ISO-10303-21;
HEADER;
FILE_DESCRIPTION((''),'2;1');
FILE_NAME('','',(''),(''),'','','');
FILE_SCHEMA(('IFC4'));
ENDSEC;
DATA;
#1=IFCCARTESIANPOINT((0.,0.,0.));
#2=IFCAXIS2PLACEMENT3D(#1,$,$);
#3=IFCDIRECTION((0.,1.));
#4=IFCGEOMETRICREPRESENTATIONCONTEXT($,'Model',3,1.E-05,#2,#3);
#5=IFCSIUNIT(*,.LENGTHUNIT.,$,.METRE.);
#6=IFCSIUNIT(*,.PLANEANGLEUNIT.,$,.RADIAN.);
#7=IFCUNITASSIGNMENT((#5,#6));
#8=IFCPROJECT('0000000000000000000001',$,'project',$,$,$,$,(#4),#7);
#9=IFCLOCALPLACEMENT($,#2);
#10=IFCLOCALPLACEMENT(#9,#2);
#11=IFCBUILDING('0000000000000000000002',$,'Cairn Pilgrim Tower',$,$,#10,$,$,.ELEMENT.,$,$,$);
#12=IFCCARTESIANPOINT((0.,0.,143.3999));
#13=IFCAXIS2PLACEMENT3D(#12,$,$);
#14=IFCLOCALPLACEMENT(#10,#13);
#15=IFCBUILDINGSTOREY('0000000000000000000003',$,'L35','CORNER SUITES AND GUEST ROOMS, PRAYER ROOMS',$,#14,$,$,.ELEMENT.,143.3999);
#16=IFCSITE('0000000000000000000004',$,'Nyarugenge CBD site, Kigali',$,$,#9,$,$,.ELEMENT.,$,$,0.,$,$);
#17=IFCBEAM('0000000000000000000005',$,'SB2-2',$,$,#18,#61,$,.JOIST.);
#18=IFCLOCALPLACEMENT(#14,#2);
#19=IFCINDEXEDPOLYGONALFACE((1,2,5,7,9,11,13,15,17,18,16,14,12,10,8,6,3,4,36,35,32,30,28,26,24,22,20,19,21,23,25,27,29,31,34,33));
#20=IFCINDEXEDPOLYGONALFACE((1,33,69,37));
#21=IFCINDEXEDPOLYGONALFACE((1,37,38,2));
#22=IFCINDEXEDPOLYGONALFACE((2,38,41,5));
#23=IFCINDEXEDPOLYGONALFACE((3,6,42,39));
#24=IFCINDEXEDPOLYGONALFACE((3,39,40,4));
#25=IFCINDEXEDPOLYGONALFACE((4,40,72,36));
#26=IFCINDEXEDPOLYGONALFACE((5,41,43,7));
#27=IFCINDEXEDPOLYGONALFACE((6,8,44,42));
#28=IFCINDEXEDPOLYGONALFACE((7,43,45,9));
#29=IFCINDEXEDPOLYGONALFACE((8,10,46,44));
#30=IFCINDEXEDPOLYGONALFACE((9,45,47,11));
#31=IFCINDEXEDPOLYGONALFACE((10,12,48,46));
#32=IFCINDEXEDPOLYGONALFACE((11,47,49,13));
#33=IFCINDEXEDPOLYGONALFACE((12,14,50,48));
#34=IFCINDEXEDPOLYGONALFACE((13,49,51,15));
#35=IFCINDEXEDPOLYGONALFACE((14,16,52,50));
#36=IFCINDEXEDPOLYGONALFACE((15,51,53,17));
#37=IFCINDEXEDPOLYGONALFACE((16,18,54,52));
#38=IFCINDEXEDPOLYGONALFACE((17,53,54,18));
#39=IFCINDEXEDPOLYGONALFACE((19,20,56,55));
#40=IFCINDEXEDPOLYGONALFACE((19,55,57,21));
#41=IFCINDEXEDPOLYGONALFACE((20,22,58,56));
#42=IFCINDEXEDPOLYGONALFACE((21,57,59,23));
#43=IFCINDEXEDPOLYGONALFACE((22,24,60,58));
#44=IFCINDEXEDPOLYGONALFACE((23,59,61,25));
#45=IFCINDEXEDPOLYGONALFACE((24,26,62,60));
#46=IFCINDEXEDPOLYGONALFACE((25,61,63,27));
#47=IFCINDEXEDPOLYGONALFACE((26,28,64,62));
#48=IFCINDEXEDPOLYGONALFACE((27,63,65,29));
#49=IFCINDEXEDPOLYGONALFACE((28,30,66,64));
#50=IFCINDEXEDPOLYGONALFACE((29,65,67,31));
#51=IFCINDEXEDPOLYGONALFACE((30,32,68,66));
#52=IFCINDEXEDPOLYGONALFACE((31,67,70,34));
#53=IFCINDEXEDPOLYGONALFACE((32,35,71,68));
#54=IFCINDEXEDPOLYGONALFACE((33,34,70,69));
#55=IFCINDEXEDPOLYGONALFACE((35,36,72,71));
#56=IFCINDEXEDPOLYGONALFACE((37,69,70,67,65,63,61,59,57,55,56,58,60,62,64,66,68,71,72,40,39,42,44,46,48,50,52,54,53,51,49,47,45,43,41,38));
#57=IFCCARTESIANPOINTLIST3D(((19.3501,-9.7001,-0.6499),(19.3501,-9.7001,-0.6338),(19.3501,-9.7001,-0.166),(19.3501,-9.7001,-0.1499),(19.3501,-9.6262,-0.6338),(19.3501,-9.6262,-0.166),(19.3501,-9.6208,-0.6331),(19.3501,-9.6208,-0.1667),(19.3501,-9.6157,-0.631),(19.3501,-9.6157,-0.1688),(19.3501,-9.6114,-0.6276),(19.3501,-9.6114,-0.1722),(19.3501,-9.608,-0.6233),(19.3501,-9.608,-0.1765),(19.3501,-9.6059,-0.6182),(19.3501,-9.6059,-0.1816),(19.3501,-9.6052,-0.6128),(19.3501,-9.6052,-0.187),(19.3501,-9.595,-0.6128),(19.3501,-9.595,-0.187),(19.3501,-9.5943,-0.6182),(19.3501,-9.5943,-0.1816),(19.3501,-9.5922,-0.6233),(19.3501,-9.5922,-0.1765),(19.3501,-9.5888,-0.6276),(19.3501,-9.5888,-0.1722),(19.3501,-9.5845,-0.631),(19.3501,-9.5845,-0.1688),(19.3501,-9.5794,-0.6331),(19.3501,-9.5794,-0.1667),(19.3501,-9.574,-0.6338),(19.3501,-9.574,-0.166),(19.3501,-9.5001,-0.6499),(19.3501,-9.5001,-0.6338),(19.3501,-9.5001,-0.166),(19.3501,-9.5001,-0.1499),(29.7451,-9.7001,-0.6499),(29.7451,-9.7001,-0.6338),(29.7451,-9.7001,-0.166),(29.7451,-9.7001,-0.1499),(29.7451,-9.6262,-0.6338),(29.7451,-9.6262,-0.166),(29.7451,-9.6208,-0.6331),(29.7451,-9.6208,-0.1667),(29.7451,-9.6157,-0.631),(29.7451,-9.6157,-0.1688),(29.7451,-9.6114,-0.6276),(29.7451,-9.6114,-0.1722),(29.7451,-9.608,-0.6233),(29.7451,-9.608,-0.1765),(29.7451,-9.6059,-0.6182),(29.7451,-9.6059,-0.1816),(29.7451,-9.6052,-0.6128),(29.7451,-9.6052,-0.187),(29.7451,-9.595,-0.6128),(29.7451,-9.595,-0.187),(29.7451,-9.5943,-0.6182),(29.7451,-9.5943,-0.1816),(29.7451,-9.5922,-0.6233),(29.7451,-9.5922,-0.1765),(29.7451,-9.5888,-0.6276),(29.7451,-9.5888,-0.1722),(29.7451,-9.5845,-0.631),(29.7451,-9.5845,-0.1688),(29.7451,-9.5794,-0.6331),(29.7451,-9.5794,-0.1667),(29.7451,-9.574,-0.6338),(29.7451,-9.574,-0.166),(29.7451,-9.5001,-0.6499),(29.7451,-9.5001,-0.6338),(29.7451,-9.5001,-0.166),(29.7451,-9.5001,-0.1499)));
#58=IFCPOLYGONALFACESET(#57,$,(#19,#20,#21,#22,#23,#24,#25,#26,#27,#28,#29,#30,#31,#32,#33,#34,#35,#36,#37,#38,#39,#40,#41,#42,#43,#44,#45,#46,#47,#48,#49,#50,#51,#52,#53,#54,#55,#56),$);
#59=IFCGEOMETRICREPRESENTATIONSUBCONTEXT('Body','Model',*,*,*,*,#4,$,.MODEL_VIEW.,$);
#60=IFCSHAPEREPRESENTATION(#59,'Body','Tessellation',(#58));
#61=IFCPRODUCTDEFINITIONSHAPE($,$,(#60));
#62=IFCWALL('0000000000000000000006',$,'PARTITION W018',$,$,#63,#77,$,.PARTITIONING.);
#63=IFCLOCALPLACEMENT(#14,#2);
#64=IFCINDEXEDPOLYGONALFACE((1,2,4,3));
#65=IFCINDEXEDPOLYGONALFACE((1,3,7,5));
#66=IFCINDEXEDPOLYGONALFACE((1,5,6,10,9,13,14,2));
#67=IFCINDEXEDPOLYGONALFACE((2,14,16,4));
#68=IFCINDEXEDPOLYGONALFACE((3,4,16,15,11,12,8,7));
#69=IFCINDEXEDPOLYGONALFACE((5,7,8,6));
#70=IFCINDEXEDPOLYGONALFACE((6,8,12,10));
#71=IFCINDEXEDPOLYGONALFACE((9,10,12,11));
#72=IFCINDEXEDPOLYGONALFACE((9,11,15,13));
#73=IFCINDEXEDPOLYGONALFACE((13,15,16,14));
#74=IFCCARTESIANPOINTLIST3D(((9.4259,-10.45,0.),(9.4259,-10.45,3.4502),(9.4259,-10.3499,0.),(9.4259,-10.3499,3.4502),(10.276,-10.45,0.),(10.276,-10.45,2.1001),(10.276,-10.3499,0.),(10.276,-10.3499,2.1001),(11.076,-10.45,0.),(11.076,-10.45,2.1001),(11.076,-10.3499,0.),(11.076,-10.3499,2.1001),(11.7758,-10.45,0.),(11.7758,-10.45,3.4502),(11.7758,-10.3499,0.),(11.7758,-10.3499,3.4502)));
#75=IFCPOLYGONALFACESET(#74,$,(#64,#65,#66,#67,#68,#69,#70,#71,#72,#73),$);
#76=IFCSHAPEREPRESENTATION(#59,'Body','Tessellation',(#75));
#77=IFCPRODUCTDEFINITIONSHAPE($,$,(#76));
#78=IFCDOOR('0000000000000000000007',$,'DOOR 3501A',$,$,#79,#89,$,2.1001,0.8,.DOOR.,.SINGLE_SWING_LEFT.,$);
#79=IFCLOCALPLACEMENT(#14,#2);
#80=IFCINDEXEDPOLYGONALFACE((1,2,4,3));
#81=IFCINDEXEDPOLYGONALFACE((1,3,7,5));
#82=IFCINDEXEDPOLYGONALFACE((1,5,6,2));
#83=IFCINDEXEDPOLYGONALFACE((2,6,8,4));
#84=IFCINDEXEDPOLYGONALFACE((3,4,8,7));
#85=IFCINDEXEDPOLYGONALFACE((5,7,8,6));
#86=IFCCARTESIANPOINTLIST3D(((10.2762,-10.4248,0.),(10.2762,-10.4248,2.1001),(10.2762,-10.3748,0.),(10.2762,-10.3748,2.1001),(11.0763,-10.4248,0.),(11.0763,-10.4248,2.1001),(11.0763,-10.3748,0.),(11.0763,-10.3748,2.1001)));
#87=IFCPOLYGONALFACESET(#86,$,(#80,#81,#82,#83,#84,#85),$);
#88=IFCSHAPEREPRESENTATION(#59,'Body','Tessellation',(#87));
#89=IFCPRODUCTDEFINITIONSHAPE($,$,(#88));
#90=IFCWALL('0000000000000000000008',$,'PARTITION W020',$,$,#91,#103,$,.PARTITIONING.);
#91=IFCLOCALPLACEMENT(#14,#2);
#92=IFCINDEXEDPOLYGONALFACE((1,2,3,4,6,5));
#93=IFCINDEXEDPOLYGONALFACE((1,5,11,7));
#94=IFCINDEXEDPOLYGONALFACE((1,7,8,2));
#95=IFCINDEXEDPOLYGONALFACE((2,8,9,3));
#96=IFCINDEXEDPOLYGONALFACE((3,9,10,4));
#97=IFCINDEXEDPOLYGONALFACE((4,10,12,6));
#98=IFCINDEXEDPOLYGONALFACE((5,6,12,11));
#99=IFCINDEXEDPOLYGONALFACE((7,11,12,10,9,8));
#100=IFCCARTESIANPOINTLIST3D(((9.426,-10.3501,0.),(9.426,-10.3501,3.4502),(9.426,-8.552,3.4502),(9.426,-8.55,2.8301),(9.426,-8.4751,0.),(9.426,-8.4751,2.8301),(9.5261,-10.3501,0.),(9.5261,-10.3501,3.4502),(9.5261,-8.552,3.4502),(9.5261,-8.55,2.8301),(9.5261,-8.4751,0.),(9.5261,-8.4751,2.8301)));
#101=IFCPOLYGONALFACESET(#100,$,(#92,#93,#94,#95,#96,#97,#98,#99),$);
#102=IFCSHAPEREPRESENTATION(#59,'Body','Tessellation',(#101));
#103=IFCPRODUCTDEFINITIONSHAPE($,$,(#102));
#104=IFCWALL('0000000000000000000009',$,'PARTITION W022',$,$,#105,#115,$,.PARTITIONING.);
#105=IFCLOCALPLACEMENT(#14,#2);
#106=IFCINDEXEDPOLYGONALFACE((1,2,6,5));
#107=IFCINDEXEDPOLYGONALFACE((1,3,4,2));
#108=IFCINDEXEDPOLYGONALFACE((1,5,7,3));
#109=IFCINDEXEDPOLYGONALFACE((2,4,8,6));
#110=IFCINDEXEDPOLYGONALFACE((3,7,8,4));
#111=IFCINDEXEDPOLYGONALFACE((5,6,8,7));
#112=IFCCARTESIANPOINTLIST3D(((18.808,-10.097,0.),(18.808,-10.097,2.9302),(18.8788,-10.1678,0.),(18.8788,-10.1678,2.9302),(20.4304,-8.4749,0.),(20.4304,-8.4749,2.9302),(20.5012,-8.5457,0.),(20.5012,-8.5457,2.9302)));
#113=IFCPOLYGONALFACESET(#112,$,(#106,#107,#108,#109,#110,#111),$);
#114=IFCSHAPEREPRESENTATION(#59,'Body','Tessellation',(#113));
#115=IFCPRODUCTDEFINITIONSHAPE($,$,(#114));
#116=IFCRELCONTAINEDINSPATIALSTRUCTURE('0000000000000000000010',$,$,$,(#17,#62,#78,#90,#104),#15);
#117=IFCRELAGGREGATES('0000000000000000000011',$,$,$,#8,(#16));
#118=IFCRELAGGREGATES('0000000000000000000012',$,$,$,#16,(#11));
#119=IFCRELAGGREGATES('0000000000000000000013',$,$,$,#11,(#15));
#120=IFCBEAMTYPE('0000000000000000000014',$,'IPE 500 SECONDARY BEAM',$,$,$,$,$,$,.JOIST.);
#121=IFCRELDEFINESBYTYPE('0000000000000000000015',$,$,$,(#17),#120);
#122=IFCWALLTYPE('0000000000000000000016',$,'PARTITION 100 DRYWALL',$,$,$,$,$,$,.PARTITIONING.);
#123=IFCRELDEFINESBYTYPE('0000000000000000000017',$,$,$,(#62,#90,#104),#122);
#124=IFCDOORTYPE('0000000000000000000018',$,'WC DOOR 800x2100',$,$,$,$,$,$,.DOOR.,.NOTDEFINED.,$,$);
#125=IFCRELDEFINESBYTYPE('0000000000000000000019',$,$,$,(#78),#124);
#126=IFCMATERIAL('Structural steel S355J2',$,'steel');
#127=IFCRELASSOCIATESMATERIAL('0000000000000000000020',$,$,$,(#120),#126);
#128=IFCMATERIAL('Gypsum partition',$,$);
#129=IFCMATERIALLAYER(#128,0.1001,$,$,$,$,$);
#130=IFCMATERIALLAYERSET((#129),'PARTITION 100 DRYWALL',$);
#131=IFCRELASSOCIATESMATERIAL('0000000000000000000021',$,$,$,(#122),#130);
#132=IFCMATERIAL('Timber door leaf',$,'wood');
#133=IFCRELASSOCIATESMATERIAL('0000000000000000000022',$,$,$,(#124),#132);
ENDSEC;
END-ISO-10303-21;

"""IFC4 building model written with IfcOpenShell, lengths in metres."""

from ifc_helpers import new_model, si_unit, direction, frame, frame_2d, origin, origin_2d, place, context, subcontext, project, spatial, polyline, rectangle, i_section, outline, extrude, material, layer, layer_set, material_profile, profile_set, type_object, element, fill, save


model = new_model("IFC4")

# Units and contexts
model_context = context("Model", 3, precision=1e-05, world=origin(), true_north=direction((0.0, 1.0)))
body_context = subcontext(model_context, "Body", "Model", "MODEL_VIEW")
ifc_project = project(units=[si_unit("LENGTHUNIT", "METRE"), si_unit("PLANEANGLEUNIT", "RADIAN")], contexts=[model_context])

# Site, building, storey
site_placement = place(None, origin())
site = spatial("IfcSite", under=ifc_project, at=site_placement, Name="Nyarugenge CBD site, Kigali", CompositionType="ELEMENT", RefElevation=0.0)
building_placement = place(site_placement, origin())
building = spatial("IfcBuilding", under=site, at=building_placement, Name="Cairn Pilgrim Tower", CompositionType="ELEMENT")
storey_placement = place(building_placement, frame((0.0, 0.0, 143.3999)))
storey = spatial("IfcBuildingStorey", under=building, at=storey_placement, Name="L35", Description="CORNER SUITES AND GUEST ROOMS, PRAYER ROOMS", CompositionType="ELEMENT", Elevation=143.3999)

# Beam
ifc_material_1 = material(Name="Structural steel S355J2", Category="steel")
ifc_material_profile_1 = material_profile(ifc_material_1, i_section(OverallWidth=0.2, OverallDepth=0.5, WebThickness=0.0103, FlangeThickness=0.0161, FilletRadius=0.021, at=origin_2d()), Name="IPE 500")
ifc_profile_set_1 = profile_set([ifc_material_profile_1], Name="Structural steel S355J2")
beam_type_1 = type_object("IfcBeamType", Name="IPE 500 SECONDARY BEAM", PredefinedType="JOIST", material=ifc_profile_set_1)
beam_1_placement = place(storey_placement, frame((19.3501, -9.6001, -0.3999), z_axis=(1.0, 0.0, 0.0), x_axis=(0.0, 1.0, 0.0)))
element("IfcBeam", 1, at=beam_1_placement, inside=storey, type_object=beam_type_1, Name="SB2-2", PredefinedType="JOIST", context=body_context, shape_type="SweptSolid", body=[
    extrude(i_section(OverallWidth=0.2, OverallDepth=0.5, WebThickness=0.0103, FlangeThickness=0.0161, FilletRadius=0.021, at=origin_2d()), origin(), (0.0, 0.0, 1.0), 10.395),
])

# Wall, opening, door
ifc_material_2 = material(Name="Gypsum partition")
ifc_layer_1 = layer(ifc_material_2, 0.1001)
ifc_layer_set_1 = layer_set([ifc_layer_1], Name="PARTITION 100 DRYWALL")
wall_type_1 = type_object("IfcWallType", Name="PARTITION 100 DRYWALL", PredefinedType="PARTITIONING", material=ifc_layer_set_1)
wall_1_placement = place(storey_placement, frame((9.426, -10.3999, 0.0), z_axis=(0.0, 0.0, 1.0), x_axis=(1.0, 0.0, 0.0)))
wall_1 = element("IfcWall", 2, at=wall_1_placement, inside=storey, type_object=wall_type_1, Name="PARTITION W018", PredefinedType="PARTITIONING", context=body_context, shape_type="SweptSolid", body=[
    extrude(rectangle(XDim=2.3499, YDim=0.1001, at=frame_2d((1.1748, 0.0))), origin(), (0.0, 0.0, 1.0), 3.4502),
])
opening_1_placement = place(wall_1_placement, frame((0.8501, 0.0, 0.0)))
opening_1 = element("IfcOpeningElement", 3, at=opening_1_placement, cuts=wall_1, PredefinedType="OPENING", context=body_context, shape_type="SweptSolid", body=[
    extrude(rectangle(XDim=0.8, YDim=2.1001, at=frame_2d((0.3999, 1.05))), frame((0.0, 0.0601, 0.0), z_axis=(0.0, -1.0, 0.0), x_axis=(1.0, 0.0, 0.0)), (0.0, 0.0, 1.0), 0.1201),
])
ifc_material_3 = material(Name="Timber door leaf", Category="wood")
door_type_1 = type_object("IfcDoorType", Name="WC DOOR 800x2100", OperationType="NOTDEFINED", PredefinedType="DOOR", material=ifc_material_3)
door_1_placement = place(opening_1_placement, frame((0.8, 0.0, 0.0), z_axis=(0.0, 0.0, 1.0), x_axis=(-1.0, 0.0, 0.0)))
door_1 = element("IfcDoor", 4, at=door_1_placement, inside=storey, type_object=door_type_1, Name="DOOR 3501A", OperationType="SINGLE_SWING_LEFT", OverallHeight=2.1001, OverallWidth=0.8, PredefinedType="DOOR", context=body_context, shape_type="SweptSolid", body=[
    extrude(rectangle(XDim=0.8, YDim=2.1001, at=frame_2d((0.3999, 1.05))), frame((0.0, 0.0249, 0.0), z_axis=(0.0, -1.0, 0.0), x_axis=(1.0, 0.0, 0.0)), (0.0, 0.0, 1.0), 0.05),
])
fill(opening_1, door_1)

# Walls
wall_2_placement = place(storey_placement, frame((9.4761, -10.3501, 0.0), z_axis=(0.0, 0.0, 1.0), x_axis=(0.0, 1.0, 0.0)))
element("IfcWall", 5, at=wall_2_placement, inside=storey, type_object=wall_type_1, Name="PARTITION W020", PredefinedType="PARTITIONING", context=body_context, shape_type="SweptSolid", body=[
    extrude(outline(polyline([(0.0, 0.0), (1.875, 0.0), (1.875, 2.8301), (1.8, 2.8301), (1.7981, 3.4502), (0.0, 3.4502), (0.0, 0.0)])), frame((0.0, 0.05, 0.0), z_axis=(0.0, -1.0, 0.0), x_axis=(1.0, 0.0, 0.0)), (0.0, 0.0, 1.0), 0.1001),
])
wall_3_placement = place(storey_placement, frame((18.8435, -10.1323, 0.0), z_axis=(0.0, 0.0, 1.0), x_axis=(0.70716, 0.707054, 0.0)))
element("IfcWall", 6, at=wall_3_placement, inside=storey, type_object=wall_type_1, Name="PARTITION W022", PredefinedType="PARTITIONING", context=body_context, shape_type="SweptSolid", body=[
    extrude(rectangle(XDim=2.2942, YDim=0.1001, at=frame_2d((1.147, 0.0))), origin(), (0.0, 0.0, 1.0), 2.9302),
])

save(model, "model.ifc")
